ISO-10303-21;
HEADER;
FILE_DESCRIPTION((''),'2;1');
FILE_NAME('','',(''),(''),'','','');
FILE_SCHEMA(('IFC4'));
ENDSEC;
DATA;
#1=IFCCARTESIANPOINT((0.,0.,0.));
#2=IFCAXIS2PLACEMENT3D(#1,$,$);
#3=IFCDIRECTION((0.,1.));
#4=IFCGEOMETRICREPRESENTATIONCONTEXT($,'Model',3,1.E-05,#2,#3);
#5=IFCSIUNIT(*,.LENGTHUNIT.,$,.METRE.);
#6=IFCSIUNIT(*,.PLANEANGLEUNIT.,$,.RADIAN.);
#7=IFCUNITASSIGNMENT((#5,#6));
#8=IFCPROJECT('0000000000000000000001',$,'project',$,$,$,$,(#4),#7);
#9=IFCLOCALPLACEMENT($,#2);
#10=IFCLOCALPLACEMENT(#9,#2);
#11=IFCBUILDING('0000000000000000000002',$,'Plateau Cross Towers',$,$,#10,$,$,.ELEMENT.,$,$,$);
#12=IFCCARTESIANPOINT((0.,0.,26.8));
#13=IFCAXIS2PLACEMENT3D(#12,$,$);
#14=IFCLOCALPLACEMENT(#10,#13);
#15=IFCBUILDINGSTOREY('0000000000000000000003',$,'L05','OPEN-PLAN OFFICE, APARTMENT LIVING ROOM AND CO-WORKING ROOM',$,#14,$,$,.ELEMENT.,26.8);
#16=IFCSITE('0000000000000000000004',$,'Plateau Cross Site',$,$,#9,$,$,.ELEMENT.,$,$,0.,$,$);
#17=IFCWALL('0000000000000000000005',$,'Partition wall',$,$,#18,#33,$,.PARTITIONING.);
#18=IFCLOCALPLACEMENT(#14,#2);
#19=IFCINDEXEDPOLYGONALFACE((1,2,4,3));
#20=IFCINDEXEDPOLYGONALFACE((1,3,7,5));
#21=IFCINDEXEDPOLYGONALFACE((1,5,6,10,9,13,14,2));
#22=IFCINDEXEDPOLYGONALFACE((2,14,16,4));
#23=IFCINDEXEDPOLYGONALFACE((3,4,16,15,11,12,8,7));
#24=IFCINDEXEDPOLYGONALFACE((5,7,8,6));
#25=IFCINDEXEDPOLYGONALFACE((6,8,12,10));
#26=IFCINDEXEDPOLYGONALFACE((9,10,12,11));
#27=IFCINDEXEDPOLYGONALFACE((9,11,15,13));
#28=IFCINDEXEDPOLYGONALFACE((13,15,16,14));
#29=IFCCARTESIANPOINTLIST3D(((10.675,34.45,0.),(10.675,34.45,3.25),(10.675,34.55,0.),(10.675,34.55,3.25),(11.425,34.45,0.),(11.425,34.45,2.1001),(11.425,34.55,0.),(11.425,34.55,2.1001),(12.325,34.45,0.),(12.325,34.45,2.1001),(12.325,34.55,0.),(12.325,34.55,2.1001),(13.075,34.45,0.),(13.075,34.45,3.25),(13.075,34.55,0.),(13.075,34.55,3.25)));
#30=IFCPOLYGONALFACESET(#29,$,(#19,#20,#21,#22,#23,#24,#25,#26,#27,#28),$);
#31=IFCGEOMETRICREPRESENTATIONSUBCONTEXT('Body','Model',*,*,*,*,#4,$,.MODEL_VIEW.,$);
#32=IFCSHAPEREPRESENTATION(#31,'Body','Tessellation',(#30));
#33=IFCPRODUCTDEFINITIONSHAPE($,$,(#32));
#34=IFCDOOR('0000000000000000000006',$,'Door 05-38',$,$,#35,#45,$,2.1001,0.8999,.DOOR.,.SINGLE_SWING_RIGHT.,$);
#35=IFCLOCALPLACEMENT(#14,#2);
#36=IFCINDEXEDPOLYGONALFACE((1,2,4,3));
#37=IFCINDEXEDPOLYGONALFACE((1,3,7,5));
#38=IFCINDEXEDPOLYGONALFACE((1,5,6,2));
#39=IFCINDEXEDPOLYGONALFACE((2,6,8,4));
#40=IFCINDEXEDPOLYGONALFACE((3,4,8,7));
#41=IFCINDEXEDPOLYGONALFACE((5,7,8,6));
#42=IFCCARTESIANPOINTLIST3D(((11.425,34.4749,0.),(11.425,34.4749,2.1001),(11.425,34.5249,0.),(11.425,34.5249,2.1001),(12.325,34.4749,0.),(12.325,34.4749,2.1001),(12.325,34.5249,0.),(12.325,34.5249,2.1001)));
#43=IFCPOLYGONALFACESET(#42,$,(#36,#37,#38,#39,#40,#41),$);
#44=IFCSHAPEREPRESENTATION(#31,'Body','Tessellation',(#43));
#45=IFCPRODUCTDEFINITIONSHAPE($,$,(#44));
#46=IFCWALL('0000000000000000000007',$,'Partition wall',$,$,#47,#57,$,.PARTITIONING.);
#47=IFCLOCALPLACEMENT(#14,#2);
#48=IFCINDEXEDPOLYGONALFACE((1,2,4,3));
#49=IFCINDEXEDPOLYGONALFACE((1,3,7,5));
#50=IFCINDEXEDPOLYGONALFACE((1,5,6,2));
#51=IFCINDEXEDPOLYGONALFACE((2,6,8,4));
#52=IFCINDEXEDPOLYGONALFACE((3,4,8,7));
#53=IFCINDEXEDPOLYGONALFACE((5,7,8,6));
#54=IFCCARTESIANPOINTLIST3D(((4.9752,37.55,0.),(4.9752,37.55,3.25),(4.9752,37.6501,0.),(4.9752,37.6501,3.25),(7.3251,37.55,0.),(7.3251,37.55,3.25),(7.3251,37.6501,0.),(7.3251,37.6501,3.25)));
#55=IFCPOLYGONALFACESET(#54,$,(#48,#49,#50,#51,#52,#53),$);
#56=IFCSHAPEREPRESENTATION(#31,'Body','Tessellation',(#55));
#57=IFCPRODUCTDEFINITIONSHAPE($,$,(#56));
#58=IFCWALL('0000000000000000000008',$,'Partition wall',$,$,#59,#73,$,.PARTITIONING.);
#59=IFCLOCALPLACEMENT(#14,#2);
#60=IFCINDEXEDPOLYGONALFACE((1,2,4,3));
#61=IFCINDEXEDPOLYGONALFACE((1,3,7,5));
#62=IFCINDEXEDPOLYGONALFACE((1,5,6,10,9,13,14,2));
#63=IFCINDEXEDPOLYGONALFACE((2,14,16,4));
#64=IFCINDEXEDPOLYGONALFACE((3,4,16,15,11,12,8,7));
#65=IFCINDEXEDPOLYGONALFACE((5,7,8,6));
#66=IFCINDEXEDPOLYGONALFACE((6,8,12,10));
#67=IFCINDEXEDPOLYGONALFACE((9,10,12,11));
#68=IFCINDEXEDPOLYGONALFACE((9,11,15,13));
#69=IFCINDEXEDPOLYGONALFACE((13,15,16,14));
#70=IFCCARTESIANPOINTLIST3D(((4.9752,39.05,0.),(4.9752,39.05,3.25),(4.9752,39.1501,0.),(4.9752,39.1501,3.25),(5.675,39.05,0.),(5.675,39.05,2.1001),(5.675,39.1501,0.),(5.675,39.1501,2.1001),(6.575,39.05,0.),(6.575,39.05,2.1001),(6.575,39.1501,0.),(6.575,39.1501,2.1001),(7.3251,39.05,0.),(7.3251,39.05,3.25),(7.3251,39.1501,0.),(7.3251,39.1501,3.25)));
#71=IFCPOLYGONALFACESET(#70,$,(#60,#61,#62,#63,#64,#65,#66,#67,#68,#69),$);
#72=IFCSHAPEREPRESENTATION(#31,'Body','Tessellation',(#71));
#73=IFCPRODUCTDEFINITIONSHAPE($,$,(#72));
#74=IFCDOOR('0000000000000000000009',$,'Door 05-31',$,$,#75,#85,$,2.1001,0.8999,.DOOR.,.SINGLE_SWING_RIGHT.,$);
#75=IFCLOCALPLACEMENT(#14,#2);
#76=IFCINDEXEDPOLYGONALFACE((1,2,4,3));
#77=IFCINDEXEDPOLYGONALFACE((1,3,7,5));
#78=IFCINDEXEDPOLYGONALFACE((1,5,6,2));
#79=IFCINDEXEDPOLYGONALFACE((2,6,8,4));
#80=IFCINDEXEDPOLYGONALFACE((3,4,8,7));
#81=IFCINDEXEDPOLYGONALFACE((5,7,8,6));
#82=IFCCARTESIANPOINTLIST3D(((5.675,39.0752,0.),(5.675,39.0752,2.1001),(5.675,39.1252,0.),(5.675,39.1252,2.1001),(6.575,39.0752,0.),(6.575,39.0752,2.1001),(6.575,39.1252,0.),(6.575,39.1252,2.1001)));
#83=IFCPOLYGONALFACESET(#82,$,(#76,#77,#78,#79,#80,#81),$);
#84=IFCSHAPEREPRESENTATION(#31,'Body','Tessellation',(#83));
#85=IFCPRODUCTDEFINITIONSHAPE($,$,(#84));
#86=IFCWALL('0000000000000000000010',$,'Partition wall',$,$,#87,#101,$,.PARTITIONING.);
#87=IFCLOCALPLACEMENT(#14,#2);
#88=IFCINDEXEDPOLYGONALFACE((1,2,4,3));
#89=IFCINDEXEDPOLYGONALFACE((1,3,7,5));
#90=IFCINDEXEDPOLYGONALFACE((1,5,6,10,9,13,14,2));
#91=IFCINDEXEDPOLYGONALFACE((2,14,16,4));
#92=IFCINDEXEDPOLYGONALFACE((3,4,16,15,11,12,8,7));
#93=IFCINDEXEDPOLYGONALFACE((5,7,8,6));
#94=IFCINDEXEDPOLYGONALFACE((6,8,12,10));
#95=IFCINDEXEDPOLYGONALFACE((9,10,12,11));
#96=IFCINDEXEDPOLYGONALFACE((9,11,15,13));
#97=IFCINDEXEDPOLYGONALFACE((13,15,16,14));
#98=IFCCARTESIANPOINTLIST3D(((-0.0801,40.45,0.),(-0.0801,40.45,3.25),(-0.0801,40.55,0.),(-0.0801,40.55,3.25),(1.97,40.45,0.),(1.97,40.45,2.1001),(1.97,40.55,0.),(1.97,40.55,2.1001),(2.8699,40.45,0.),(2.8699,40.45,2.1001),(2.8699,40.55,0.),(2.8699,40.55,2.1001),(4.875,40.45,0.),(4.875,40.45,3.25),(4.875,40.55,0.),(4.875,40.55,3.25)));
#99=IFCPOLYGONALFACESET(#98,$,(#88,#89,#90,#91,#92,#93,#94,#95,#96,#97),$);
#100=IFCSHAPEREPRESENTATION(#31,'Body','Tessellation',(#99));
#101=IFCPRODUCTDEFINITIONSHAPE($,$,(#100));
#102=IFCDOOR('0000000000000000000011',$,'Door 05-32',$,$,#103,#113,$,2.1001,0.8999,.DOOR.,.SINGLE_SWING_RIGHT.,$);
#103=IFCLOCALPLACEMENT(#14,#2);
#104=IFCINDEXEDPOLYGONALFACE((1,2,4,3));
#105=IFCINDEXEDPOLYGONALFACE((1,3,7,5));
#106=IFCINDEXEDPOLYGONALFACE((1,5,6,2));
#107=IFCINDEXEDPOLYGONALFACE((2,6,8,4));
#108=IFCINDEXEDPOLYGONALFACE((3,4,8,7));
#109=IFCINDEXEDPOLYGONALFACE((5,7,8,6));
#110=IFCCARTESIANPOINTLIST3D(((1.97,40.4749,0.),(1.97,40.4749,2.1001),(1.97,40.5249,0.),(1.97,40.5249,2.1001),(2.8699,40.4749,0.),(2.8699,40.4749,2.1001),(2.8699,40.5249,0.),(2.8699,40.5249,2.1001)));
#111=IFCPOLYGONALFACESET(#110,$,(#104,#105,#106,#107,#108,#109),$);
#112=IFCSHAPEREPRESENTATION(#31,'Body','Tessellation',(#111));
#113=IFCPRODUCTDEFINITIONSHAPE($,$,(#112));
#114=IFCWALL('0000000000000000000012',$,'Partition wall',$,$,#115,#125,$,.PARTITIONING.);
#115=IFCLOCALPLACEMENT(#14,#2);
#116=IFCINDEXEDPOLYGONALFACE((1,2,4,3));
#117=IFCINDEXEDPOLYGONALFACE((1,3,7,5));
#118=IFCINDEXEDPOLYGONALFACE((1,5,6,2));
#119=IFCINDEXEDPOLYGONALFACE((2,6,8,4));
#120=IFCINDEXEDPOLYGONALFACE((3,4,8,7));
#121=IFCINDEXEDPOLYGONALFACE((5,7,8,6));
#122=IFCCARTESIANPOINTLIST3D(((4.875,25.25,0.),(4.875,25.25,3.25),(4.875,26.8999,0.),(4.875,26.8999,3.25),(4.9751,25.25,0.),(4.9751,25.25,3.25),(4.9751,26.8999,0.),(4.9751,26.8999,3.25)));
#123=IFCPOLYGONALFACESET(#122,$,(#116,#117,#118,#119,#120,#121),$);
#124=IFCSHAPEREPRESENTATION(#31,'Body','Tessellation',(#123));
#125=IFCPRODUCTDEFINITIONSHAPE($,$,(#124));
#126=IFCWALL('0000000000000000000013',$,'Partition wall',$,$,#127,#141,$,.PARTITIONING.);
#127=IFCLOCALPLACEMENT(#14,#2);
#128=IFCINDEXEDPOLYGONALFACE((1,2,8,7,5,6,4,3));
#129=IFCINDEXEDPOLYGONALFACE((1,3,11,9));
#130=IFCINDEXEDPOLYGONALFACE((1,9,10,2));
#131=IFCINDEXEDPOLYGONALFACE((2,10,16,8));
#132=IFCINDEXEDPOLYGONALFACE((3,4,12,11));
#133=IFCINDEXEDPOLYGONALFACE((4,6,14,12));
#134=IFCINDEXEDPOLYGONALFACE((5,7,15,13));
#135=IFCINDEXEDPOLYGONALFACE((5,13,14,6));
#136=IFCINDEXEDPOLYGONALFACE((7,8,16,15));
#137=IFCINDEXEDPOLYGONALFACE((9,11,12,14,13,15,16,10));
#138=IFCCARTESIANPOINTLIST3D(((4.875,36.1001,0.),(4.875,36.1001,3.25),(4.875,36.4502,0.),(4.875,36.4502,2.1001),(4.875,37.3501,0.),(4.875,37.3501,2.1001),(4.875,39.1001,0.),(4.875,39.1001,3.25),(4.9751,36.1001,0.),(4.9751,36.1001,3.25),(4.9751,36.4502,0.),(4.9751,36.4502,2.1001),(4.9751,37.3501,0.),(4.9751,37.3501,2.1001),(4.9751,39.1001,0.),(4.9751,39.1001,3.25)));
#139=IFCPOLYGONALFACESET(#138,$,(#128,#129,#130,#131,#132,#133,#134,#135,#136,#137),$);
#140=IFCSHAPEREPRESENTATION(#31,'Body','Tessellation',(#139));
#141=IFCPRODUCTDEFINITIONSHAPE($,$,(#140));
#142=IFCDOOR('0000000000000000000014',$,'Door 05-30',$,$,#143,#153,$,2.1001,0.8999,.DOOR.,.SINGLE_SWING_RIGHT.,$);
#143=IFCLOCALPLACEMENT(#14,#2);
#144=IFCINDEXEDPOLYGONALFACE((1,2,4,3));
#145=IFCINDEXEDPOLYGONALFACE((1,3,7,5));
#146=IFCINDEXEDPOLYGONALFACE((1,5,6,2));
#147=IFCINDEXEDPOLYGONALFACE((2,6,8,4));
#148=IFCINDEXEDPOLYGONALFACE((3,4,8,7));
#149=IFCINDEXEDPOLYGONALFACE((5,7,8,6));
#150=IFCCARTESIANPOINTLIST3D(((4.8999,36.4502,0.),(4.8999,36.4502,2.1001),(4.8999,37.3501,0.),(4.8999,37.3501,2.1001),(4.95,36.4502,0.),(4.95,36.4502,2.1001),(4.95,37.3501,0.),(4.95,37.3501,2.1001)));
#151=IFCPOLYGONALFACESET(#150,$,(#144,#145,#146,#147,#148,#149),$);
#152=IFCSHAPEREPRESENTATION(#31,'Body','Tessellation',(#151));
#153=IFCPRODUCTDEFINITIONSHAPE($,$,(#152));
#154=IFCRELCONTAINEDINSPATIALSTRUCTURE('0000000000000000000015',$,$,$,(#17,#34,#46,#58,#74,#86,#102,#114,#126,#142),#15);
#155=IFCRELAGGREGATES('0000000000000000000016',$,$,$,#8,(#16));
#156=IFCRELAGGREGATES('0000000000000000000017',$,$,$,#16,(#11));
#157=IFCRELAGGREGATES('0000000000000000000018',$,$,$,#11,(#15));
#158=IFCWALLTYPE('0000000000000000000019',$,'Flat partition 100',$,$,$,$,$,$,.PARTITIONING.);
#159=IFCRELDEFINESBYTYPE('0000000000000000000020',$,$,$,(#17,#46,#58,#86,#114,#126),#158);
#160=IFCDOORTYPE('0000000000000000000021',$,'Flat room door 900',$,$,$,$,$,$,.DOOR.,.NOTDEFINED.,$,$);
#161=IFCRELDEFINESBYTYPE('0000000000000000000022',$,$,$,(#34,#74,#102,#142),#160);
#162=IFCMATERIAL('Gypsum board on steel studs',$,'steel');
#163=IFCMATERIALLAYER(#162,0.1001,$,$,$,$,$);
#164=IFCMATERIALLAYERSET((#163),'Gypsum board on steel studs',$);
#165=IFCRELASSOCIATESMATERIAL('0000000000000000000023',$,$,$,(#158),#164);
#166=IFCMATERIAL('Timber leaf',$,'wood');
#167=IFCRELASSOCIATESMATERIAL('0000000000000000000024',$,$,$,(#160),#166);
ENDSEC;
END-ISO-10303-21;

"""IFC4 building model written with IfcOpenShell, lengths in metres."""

from ifc_helpers import new_model, si_unit, direction, frame, frame_2d, origin, place, context, subcontext, project, spatial, rectangle, extrude, material, layer, layer_set, type_object, element, fill, save


model = new_model("IFC4")

# Units and contexts
model_context = context("Model", 3, precision=1e-05, world=origin(), true_north=direction((0.0, 1.0)))
body_context = subcontext(model_context, "Body", "Model", "MODEL_VIEW")
ifc_project = project(units=[si_unit("LENGTHUNIT", "METRE"), si_unit("PLANEANGLEUNIT", "RADIAN")], contexts=[model_context])

# Site, building, storey
site_placement = place(None, origin())
site = spatial("IfcSite", under=ifc_project, at=site_placement, Name="Plateau Cross Site", CompositionType="ELEMENT", RefElevation=0.0)
building_placement = place(site_placement, origin())
building = spatial("IfcBuilding", under=site, at=building_placement, Name="Plateau Cross Towers", CompositionType="ELEMENT")
storey_placement = place(building_placement, frame((0.0, 0.0, 26.8)))
storey = spatial("IfcBuildingStorey", under=building, at=storey_placement, Name="L05", Description="OPEN-PLAN OFFICE, APARTMENT LIVING ROOM AND CO-WORKING ROOM", CompositionType="ELEMENT", Elevation=26.8)

# Wall, opening, door
ifc_material_1 = material(Name="Gypsum board on steel studs", Category="steel")
ifc_layer_1 = layer(ifc_material_1, 0.1001)
ifc_layer_set_1 = layer_set([ifc_layer_1], Name="Gypsum board on steel studs")
wall_type_1 = type_object("IfcWallType", Name="Flat partition 100", PredefinedType="PARTITIONING", material=ifc_layer_set_1)
wall_1_placement = place(storey_placement, frame((10.675, 34.5, 0.0), z_axis=(0.0, 0.0, 1.0), x_axis=(1.0, 0.0, 0.0)))
wall_1 = element("IfcWall", 1, at=wall_1_placement, inside=storey, type_object=wall_type_1, Name="Partition wall", PredefinedType="PARTITIONING", context=body_context, shape_type="SweptSolid", body=[
    extrude(rectangle(XDim=2.3999, YDim=0.1001, at=frame_2d((1.2, 0.0))), origin(), (0.0, 0.0, 1.0), 3.25),
])
opening_1_placement = place(wall_1_placement, frame((0.75, 0.0, 0.0)))
opening_1 = element("IfcOpeningElement", 2, at=opening_1_placement, cuts=wall_1, PredefinedType="OPENING", context=body_context, shape_type="SweptSolid", body=[
    extrude(rectangle(XDim=0.8999, YDim=2.1001, at=frame_2d((0.45, 1.05))), frame((0.0, 0.0601, 0.0), z_axis=(0.0, -1.0, 0.0), x_axis=(1.0, 0.0, 0.0)), (0.0, 0.0, 1.0), 0.1201),
])
ifc_material_2 = material(Name="Timber leaf", Category="wood")
door_type = type_object("IfcDoorType", Name="Flat room door 900", OperationType="NOTDEFINED", PredefinedType="DOOR", material=ifc_material_2)
door_1_placement = place(opening_1_placement, origin())
door_1 = element("IfcDoor", 3, at=door_1_placement, inside=storey, type_object=door_type, Name="Door 05-38", OperationType="SINGLE_SWING_RIGHT", OverallHeight=2.1001, OverallWidth=0.8999, PredefinedType="DOOR", context=body_context, shape_type="SweptSolid", body=[
    extrude(rectangle(XDim=0.8999, YDim=2.1001, at=frame_2d((0.45, 1.05))), frame((0.0, 0.0249, 0.0), z_axis=(0.0, -1.0, 0.0), x_axis=(1.0, 0.0, 0.0)), (0.0, 0.0, 1.0), 0.05),
])
fill(opening_1, door_1)

# Wall
wall_2_placement = place(storey_placement, frame((7.325, 37.6001, 0.0), z_axis=(0.0, 0.0, 1.0), x_axis=(-1.0, 0.0, 0.0)))
element("IfcWall", 4, at=wall_2_placement, inside=storey, type_object=wall_type_1, Name="Partition wall", PredefinedType="PARTITIONING", context=body_context, shape_type="SweptSolid", body=[
    extrude(rectangle(XDim=2.3499, YDim=0.1001, at=frame_2d((1.1748, 0.0))), origin(), (0.0, 0.0, 1.0), 3.25),
])

# Walls, openings, doors
wall_3_placement = place(storey_placement, frame((7.325, 39.1001, 0.0), z_axis=(0.0, 0.0, 1.0), x_axis=(-1.0, 0.0, 0.0)))
wall_3 = element("IfcWall", 5, at=wall_3_placement, inside=storey, type_object=wall_type_1, Name="Partition wall", PredefinedType="PARTITIONING", context=body_context, shape_type="SweptSolid", body=[
    extrude(rectangle(XDim=2.3499, YDim=0.1001, at=frame_2d((1.1748, 0.0))), origin(), (0.0, 0.0, 1.0), 3.25),
])
opening_2_placement = place(wall_3_placement, frame((0.75, 0.0, 0.0)))
opening_2 = element("IfcOpeningElement", 6, at=opening_2_placement, cuts=wall_3, PredefinedType="OPENING", context=body_context, shape_type="SweptSolid", body=[
    extrude(rectangle(XDim=0.8999, YDim=2.1001, at=frame_2d((0.45, 1.05))), frame((0.0, 0.0601, 0.0), z_axis=(0.0, -1.0, 0.0), x_axis=(1.0, 0.0, 0.0)), (0.0, 0.0, 1.0), 0.1201),
])
door_2_placement = place(opening_2_placement, origin())
door_2 = element("IfcDoor", 7, at=door_2_placement, inside=storey, type_object=door_type, Name="Door 05-31", OperationType="SINGLE_SWING_RIGHT", OverallHeight=2.1001, OverallWidth=0.8999, PredefinedType="DOOR", context=body_context, shape_type="SweptSolid", body=[
    extrude(rectangle(XDim=0.8999, YDim=2.1001, at=frame_2d((0.45, 1.05))), frame((0.0, 0.0249, 0.0), z_axis=(0.0, -1.0, 0.0), x_axis=(1.0, 0.0, 0.0)), (0.0, 0.0, 1.0), 0.05),
])
fill(opening_2, door_2)
wall_4_placement = place(storey_placement, frame((-0.0801, 40.5, 0.0), z_axis=(0.0, 0.0, 1.0), x_axis=(1.0, 0.0, 0.0)))
wall_4 = element("IfcWall", 8, at=wall_4_placement, inside=storey, type_object=wall_type_1, Name="Partition wall", PredefinedType="PARTITIONING", context=body_context, shape_type="SweptSolid", body=[
    extrude(rectangle(XDim=4.9551, YDim=0.1001, at=frame_2d((2.4775, 0.0))), origin(), (0.0, 0.0, 1.0), 3.25),
])
opening_3_placement = place(wall_4_placement, frame((2.05, 0.0, 0.0)))
opening_3 = element("IfcOpeningElement", 9, at=opening_3_placement, cuts=wall_4, PredefinedType="OPENING", context=body_context, shape_type="SweptSolid", body=[
    extrude(rectangle(XDim=0.8999, YDim=2.1001, at=frame_2d((0.45, 1.05))), frame((0.0, 0.0601, 0.0), z_axis=(0.0, -1.0, 0.0), x_axis=(1.0, 0.0, 0.0)), (0.0, 0.0, 1.0), 0.1201),
])
door_3_placement = place(opening_3_placement, origin())
door_3 = element("IfcDoor", 10, at=door_3_placement, inside=storey, type_object=door_type, Name="Door 05-32", OperationType="SINGLE_SWING_RIGHT", OverallHeight=2.1001, OverallWidth=0.8999, PredefinedType="DOOR", context=body_context, shape_type="SweptSolid", body=[
    extrude(rectangle(XDim=0.8999, YDim=2.1001, at=frame_2d((0.45, 1.05))), frame((0.0, 0.0249, 0.0), z_axis=(0.0, -1.0, 0.0), x_axis=(1.0, 0.0, 0.0)), (0.0, 0.0, 1.0), 0.05),
])
fill(opening_3, door_3)

# Wall
wall_5_placement = place(storey_placement, frame((4.925, 26.8999, 0.0), z_axis=(0.0, 0.0, 1.0), x_axis=(0.0, -1.0, 0.0)))
element("IfcWall", 11, at=wall_5_placement, inside=storey, type_object=wall_type_1, Name="Partition wall", PredefinedType="PARTITIONING", context=body_context, shape_type="SweptSolid", body=[
    extrude(rectangle(XDim=1.6499, YDim=0.1001, at=frame_2d((0.825, 0.0))), origin(), (0.0, 0.0, 1.0), 3.25),
])

# Wall, opening, door
wall_6_placement = place(storey_placement, frame((4.925, 39.1001, 0.0), z_axis=(0.0, 0.0, 1.0), x_axis=(0.0, -1.0, 0.0)))
wall_6 = element("IfcWall", 12, at=wall_6_placement, inside=storey, type_object=wall_type_1, Name="Partition wall", PredefinedType="PARTITIONING", context=body_context, shape_type="SweptSolid", body=[
    extrude(rectangle(XDim=3.0, YDim=0.1001, at=frame_2d((1.5, 0.0))), origin(), (0.0, 0.0, 1.0), 3.25),
])
opening_4_placement = place(wall_6_placement, frame((1.75, 0.0, 0.0)))
opening_4 = element("IfcOpeningElement", 13, at=opening_4_placement, cuts=wall_6, PredefinedType="OPENING", context=body_context, shape_type="SweptSolid", body=[
    extrude(rectangle(XDim=0.8999, YDim=2.1001, at=frame_2d((0.45, 1.05))), frame((0.0, 0.0601, 0.0), z_axis=(0.0, -1.0, 0.0), x_axis=(1.0, 0.0, 0.0)), (0.0, 0.0, 1.0), 0.1201),
])
door_4_placement = place(opening_4_placement, origin())
door_4 = element("IfcDoor", 14, at=door_4_placement, inside=storey, type_object=door_type, Name="Door 05-30", OperationType="SINGLE_SWING_RIGHT", OverallHeight=2.1001, OverallWidth=0.8999, PredefinedType="DOOR", context=body_context, shape_type="SweptSolid", body=[
    extrude(rectangle(XDim=0.8999, YDim=2.1001, at=frame_2d((0.45, 1.05))), frame((0.0, 0.0249, 0.0), z_axis=(0.0, -1.0, 0.0), x_axis=(1.0, 0.0, 0.0)), (0.0, 0.0, 1.0), 0.05),
])
fill(opening_4, door_4)

save(model, "model.ifc")
